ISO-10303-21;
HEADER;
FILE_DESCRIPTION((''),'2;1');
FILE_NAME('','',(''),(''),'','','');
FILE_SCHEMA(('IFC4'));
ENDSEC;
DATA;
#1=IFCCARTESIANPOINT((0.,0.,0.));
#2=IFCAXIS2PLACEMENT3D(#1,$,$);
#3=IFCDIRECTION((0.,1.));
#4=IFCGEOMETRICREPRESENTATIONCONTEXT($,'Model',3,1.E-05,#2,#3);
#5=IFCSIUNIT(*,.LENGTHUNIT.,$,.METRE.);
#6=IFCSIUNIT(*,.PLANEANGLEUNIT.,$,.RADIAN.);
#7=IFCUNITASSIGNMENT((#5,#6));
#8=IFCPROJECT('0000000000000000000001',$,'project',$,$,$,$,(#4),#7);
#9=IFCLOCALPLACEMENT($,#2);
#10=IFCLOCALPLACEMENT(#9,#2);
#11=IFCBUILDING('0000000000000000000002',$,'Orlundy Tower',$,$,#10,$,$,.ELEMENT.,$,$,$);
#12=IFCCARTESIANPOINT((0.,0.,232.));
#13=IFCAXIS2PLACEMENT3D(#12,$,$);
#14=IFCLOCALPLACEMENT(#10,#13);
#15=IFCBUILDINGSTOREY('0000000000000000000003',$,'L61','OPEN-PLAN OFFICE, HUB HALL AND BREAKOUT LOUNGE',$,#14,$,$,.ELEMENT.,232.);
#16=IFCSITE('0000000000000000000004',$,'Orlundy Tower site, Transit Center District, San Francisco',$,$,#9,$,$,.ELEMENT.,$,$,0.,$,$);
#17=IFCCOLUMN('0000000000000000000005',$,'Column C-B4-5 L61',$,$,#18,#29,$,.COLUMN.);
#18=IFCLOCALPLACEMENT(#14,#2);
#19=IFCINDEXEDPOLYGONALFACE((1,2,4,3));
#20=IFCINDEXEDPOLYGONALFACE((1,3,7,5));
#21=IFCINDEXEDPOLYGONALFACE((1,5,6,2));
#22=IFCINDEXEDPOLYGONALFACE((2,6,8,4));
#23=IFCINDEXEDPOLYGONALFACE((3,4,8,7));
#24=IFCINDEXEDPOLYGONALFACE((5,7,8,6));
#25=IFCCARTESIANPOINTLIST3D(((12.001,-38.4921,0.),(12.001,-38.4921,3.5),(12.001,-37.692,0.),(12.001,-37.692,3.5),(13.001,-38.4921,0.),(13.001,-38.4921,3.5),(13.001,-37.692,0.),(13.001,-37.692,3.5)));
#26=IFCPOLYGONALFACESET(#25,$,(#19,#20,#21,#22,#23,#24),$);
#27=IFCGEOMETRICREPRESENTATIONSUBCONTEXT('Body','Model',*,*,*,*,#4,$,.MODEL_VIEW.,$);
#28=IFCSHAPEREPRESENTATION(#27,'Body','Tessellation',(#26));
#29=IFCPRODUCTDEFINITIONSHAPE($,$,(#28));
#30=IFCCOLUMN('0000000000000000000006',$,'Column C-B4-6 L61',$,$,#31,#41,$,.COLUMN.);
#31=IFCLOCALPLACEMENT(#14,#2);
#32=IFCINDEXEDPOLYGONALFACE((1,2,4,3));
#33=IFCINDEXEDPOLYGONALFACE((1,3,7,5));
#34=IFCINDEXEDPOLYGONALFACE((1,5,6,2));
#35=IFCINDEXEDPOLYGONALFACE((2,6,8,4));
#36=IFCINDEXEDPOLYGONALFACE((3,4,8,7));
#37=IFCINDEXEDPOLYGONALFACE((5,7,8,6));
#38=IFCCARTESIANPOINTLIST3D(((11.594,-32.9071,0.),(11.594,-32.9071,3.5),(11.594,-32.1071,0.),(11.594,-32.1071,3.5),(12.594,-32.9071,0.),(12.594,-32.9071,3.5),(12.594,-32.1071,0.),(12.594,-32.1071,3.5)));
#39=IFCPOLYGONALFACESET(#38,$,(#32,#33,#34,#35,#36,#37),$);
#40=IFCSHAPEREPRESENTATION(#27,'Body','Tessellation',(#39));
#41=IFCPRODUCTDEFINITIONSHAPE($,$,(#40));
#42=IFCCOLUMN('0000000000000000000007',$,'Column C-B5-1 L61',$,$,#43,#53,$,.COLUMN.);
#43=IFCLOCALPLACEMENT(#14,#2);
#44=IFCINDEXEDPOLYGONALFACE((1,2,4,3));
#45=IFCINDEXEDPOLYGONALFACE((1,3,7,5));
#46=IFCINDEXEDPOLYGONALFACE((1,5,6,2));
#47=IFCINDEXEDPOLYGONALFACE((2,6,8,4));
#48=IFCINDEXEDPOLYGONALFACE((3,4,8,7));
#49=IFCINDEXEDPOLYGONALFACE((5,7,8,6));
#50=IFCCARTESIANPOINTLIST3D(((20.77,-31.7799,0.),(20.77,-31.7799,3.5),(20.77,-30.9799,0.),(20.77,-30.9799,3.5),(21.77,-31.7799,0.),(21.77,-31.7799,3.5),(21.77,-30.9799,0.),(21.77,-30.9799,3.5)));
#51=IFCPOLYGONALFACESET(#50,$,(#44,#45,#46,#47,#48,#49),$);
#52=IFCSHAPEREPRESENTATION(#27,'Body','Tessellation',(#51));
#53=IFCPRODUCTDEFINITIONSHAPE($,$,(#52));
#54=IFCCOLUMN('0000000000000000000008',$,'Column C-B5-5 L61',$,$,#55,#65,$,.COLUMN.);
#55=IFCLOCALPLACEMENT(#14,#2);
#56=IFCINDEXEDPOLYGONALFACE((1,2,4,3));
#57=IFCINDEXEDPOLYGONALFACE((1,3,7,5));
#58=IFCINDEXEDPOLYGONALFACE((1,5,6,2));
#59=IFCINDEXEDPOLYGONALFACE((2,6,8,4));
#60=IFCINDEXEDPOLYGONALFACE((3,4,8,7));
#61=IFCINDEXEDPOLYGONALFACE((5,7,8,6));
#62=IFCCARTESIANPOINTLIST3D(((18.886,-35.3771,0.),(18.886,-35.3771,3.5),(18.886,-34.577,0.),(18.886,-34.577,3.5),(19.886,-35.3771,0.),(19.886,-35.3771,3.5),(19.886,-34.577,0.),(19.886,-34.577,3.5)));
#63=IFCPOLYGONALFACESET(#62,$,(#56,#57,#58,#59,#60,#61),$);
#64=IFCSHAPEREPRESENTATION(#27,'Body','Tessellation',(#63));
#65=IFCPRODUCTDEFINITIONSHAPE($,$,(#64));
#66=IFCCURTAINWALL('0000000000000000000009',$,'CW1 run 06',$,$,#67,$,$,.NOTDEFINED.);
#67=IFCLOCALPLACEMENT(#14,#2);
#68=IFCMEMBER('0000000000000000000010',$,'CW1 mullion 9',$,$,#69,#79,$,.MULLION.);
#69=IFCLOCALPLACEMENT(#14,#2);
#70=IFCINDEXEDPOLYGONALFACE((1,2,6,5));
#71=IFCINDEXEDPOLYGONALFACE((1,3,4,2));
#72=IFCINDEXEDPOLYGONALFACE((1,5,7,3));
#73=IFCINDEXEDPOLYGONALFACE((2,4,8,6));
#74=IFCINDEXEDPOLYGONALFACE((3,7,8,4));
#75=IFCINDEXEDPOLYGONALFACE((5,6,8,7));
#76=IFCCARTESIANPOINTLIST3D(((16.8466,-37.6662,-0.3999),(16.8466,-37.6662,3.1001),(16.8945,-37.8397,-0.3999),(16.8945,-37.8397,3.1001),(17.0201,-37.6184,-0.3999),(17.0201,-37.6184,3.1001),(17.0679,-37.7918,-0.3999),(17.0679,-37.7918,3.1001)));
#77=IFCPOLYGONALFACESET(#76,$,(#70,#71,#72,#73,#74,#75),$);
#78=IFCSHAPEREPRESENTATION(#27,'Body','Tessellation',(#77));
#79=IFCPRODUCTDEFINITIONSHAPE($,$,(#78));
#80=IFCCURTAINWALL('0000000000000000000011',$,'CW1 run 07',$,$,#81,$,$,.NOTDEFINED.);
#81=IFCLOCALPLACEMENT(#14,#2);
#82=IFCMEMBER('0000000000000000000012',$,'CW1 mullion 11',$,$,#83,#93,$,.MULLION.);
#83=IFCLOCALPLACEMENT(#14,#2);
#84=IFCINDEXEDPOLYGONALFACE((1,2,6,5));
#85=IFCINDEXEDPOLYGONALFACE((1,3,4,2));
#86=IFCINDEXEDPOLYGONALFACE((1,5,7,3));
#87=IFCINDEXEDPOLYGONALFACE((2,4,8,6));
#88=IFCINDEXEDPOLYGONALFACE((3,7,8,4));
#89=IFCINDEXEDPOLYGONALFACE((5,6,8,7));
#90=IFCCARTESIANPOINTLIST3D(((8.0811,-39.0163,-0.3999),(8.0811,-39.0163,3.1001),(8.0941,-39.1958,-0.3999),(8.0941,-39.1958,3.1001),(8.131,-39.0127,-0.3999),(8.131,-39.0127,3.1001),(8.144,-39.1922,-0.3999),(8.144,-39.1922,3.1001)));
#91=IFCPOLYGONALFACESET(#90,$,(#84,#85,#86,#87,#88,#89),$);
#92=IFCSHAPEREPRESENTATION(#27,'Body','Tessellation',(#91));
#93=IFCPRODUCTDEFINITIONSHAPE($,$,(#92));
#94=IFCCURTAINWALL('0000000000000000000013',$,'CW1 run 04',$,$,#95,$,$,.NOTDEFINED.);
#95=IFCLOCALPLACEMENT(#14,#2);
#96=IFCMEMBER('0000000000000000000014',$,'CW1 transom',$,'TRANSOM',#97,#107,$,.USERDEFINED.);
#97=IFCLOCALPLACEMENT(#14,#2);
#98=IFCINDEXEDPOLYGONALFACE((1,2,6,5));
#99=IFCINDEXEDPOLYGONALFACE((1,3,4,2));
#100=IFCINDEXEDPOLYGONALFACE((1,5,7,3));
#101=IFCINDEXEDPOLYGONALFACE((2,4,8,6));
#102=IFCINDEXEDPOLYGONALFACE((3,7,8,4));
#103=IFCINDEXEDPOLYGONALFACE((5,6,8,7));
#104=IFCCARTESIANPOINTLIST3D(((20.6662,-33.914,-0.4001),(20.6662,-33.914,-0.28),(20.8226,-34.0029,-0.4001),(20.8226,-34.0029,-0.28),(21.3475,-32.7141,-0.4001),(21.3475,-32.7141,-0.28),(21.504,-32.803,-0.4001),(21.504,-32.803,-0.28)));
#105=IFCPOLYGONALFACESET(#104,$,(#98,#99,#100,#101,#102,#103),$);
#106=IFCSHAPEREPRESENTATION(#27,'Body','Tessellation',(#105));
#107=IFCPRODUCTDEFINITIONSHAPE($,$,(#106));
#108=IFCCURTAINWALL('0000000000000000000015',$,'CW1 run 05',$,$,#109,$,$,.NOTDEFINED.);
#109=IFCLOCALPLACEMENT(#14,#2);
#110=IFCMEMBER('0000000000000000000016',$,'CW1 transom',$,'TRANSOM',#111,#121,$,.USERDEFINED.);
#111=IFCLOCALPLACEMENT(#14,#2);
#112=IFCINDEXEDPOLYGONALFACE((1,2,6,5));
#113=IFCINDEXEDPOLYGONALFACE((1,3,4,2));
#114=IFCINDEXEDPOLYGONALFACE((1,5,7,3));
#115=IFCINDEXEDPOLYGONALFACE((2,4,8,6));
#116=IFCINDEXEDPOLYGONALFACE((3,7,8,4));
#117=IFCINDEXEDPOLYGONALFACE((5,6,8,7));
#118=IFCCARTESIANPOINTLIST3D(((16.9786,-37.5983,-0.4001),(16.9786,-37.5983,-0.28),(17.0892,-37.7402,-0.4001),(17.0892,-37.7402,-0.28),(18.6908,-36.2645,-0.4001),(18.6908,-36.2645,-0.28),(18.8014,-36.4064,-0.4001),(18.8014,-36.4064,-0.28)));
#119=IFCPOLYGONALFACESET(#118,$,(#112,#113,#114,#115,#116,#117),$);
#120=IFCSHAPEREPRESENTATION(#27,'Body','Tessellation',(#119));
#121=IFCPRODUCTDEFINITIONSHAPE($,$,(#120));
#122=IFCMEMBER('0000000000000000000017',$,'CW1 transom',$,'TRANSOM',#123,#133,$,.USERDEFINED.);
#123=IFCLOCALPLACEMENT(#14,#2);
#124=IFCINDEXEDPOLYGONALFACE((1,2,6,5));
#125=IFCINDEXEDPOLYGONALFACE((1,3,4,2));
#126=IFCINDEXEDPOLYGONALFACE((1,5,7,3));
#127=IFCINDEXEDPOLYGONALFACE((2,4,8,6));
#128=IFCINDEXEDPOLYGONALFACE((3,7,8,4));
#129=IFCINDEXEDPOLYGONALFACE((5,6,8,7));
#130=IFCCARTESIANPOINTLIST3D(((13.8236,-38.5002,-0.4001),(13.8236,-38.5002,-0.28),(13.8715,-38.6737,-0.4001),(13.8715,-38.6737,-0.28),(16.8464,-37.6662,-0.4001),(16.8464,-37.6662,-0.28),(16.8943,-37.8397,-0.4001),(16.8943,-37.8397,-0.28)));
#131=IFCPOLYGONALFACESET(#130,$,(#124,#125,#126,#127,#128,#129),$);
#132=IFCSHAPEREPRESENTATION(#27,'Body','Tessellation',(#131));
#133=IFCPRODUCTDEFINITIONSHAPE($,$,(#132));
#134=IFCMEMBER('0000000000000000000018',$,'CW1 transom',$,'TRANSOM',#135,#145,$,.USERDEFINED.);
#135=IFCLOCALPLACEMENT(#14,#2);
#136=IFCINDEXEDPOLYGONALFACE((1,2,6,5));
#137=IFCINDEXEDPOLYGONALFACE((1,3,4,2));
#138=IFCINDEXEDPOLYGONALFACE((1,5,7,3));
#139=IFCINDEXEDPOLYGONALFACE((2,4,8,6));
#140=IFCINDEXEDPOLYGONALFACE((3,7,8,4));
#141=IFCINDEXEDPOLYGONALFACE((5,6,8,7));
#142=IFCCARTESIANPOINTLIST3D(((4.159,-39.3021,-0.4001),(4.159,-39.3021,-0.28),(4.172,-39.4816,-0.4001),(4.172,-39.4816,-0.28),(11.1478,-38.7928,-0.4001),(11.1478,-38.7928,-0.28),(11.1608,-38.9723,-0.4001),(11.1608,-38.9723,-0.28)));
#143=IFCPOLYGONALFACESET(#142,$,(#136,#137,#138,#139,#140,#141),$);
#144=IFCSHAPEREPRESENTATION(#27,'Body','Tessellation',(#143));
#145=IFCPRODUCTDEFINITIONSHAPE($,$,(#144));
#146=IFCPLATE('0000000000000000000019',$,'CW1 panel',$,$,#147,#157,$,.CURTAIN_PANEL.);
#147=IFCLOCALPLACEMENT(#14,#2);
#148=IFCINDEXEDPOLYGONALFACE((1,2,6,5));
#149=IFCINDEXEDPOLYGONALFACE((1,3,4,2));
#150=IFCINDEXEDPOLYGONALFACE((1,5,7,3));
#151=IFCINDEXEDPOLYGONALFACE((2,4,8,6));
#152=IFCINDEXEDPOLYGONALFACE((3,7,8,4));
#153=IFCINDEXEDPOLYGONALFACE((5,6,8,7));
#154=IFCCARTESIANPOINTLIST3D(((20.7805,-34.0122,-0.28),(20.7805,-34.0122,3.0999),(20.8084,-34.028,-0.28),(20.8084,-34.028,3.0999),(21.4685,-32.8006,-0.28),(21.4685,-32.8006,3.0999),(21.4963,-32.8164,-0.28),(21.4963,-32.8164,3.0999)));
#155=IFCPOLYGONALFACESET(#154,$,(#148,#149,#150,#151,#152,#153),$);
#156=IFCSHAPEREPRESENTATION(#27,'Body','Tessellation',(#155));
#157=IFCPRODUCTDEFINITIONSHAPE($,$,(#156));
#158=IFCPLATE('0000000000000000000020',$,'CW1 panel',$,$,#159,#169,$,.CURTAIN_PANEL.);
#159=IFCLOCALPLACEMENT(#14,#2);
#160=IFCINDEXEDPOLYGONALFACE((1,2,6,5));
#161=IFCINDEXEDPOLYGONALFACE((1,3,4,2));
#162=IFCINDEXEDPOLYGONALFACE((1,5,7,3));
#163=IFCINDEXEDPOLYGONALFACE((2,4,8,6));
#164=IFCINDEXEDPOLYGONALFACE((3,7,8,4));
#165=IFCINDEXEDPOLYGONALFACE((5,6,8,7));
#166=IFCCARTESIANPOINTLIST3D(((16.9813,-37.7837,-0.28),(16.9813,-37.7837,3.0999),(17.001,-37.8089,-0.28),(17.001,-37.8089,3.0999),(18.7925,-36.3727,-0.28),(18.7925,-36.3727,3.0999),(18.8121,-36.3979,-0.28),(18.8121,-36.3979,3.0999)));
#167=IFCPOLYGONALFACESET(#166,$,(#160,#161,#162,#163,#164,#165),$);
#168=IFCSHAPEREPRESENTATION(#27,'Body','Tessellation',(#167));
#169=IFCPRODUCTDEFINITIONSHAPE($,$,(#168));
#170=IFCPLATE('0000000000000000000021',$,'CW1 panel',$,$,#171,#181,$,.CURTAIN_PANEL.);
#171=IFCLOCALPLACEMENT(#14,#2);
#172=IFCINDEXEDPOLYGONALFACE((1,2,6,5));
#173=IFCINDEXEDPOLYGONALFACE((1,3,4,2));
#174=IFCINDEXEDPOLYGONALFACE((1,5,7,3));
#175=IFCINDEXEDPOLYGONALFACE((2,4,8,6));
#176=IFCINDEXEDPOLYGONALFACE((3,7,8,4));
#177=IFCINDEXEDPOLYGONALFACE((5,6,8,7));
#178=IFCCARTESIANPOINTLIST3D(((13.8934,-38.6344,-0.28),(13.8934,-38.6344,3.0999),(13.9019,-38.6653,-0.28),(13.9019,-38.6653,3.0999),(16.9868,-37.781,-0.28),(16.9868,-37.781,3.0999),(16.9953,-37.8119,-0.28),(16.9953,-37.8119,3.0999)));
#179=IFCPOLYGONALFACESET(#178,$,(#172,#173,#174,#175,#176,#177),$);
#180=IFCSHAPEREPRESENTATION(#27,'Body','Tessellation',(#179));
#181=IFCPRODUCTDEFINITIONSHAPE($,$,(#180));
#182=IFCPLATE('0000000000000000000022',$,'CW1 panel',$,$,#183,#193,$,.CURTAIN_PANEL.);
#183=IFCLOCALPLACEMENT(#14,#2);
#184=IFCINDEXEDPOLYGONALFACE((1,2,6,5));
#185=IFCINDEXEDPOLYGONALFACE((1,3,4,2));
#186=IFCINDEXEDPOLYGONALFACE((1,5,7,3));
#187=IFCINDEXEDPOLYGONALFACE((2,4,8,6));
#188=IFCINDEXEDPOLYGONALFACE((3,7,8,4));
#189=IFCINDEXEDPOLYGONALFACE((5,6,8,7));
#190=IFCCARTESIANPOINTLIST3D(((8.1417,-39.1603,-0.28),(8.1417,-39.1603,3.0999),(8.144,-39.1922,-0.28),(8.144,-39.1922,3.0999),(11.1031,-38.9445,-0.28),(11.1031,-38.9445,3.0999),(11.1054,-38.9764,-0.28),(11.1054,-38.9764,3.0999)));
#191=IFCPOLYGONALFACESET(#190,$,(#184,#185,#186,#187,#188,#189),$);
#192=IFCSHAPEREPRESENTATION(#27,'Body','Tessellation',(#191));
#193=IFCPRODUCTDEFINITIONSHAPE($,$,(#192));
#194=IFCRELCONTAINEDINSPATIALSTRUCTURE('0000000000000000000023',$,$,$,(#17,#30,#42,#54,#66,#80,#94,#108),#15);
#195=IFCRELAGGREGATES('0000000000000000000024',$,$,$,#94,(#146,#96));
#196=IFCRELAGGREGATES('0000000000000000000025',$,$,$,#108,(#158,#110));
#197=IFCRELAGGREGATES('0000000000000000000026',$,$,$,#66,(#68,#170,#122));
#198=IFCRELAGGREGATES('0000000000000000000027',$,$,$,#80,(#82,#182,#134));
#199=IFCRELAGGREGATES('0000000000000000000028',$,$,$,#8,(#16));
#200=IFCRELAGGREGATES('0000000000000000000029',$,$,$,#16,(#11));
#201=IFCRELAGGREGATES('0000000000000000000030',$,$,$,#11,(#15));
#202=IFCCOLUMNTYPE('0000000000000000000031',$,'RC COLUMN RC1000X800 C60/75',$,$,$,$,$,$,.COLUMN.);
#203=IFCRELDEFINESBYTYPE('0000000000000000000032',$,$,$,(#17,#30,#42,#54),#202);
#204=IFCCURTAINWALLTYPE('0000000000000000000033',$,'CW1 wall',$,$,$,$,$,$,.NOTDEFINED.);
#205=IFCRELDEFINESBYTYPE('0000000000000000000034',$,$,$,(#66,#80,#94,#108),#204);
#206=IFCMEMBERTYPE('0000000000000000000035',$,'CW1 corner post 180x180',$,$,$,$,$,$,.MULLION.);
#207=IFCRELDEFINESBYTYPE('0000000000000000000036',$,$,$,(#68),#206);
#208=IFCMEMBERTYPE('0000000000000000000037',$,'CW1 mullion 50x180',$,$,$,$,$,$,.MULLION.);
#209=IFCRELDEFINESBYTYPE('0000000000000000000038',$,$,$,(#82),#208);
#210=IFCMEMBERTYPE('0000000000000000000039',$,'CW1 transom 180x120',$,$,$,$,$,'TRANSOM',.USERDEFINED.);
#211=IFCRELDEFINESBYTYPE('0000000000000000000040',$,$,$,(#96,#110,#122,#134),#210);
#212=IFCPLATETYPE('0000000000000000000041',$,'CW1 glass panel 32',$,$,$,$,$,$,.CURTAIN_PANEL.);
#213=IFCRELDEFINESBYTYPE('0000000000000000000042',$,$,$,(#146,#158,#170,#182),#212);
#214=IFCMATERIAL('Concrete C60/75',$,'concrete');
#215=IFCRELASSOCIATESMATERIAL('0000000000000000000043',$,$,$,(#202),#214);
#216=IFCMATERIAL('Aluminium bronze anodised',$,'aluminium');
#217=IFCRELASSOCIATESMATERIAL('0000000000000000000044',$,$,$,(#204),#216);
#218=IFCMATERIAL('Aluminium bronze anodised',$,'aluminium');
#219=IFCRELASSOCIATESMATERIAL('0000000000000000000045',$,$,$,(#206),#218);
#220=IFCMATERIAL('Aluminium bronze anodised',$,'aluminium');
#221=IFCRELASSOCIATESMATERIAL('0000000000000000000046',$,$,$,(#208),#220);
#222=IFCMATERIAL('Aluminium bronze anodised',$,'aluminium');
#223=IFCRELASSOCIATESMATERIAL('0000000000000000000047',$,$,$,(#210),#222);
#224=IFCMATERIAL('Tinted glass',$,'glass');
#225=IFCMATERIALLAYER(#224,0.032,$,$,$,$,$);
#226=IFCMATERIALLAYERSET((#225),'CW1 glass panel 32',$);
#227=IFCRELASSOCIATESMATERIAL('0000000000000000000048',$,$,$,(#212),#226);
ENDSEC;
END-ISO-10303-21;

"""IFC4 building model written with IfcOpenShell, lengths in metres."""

from ifc_helpers import new_model, si_unit, direction, frame, origin, origin_2d, place, context, subcontext, project, spatial, rectangle, extrude, material, layer, layer_set, material_profile, profile_set, type_object, element, aggregate, save


model = new_model("IFC4")

# Units and contexts
model_context = context("Model", 3, precision=1e-05, world=origin(), true_north=direction((0.0, 1.0)))
body_context = subcontext(model_context, "Body", "Model", "MODEL_VIEW")
ifc_project = project(units=[si_unit("LENGTHUNIT", "METRE"), si_unit("PLANEANGLEUNIT", "RADIAN")], contexts=[model_context])

# Site, building, storey
site_placement = place(None, origin())
site = spatial("IfcSite", under=ifc_project, at=site_placement, Name="Orlundy Tower site, Transit Center District, San Francisco", CompositionType="ELEMENT", RefElevation=0.0)
building_placement = place(site_placement, origin())
building = spatial("IfcBuilding", under=site, at=building_placement, Name="Orlundy Tower", CompositionType="ELEMENT")
storey_placement = place(building_placement, frame((0.0, 0.0, 232.0)))
storey = spatial("IfcBuildingStorey", under=building, at=storey_placement, Name="L61", Description="OPEN-PLAN OFFICE, HUB HALL AND BREAKOUT LOUNGE", CompositionType="ELEMENT", Elevation=232.0)

# Columns
ifc_material_1 = material(Name="Concrete C60/75", Category="concrete")
ifc_material_profile_1 = material_profile(ifc_material_1, rectangle(XDim=1.0, YDim=0.8, at=origin_2d()), Name="RC1000X800")
ifc_profile_set_1 = profile_set([ifc_material_profile_1], Name="Concrete C60/75")
column_type = type_object("IfcColumnType", Name="RC COLUMN RC1000X800 C60/75", PredefinedType="COLUMN", material=ifc_profile_set_1)
for number, where, z_axis, x_axis, name in (
    (1, (12.501, -38.092, 0.0), (0.0, 0.0, 1.0), (1.0, 0.0, 0.0), "Column C-B4-5 L61"),
    (2, (12.094, -32.5071, 0.0), (0.0, 0.0, 1.0), (1.0, 0.0, 0.0), "Column C-B4-6 L61"),
    (3, (21.27, -31.3799, 0.0), (0.0, 0.0, 1.0), (1.0, 0.0, 0.0), "Column C-B5-1 L61"),
    (4, (19.386, -34.9771, 0.0), (0.0, 0.0, 1.0), (1.0, 0.0, 0.0), "Column C-B5-5 L61"),
):
    element("IfcColumn", number, at=place(storey_placement, frame(where, z_axis=z_axis, x_axis=x_axis)), inside=storey, type_object=column_type, Name=name, PredefinedType="COLUMN", context=body_context, shape_type="SweptSolid", body=[
        extrude(rectangle(XDim=1.0, YDim=0.8, at=origin_2d()), origin(), (0.0, 0.0, 1.0), 3.5),
    ])

# Curtain walls, members
ifc_material_2 = material(Name="Aluminium bronze anodised", Category="aluminium")
curtain_wall_type = type_object("IfcCurtainWallType", Name="CW1 wall", PredefinedType="NOTDEFINED", material=ifc_material_2)
curtain_wall_1_placement = place(storey_placement, origin())
curtain_wall_1 = element("IfcCurtainWall", 5, at=curtain_wall_1_placement, inside=storey, type_object=curtain_wall_type, Name="CW1 run 06", PredefinedType="NOTDEFINED")
ifc_material_3 = material(Name="Aluminium bronze anodised", Category="aluminium")
ifc_material_profile_2 = material_profile(ifc_material_3, rectangle(XDim=0.1799, YDim=0.1799, at=origin_2d()), Name="CW1 corner post 180x180")
ifc_profile_set_2 = profile_set([ifc_material_profile_2], Name="Aluminium bronze anodised")
member_type_1 = type_object("IfcMemberType", Name="CW1 corner post 180x180", PredefinedType="MULLION", material=ifc_profile_set_2)
member_1_placement = place(storey_placement, frame((16.9573, -37.729, -0.3999), z_axis=(0.0, 0.0, 1.0), x_axis=(0.265946, -0.963988, 0.0)))
member_1 = element("IfcMember", 6, at=member_1_placement, type_object=member_type_1, Name="CW1 mullion 9", PredefinedType="MULLION", context=body_context, shape_type="SweptSolid", body=[
    extrude(rectangle(XDim=0.1799, YDim=0.1799, at=origin_2d()), origin(), (0.0, 0.0, 1.0), 3.5),
])
curtain_wall_2_placement = place(storey_placement, origin())
curtain_wall_2 = element("IfcCurtainWall", 7, at=curtain_wall_2_placement, inside=storey, type_object=curtain_wall_type, Name="CW1 run 07", PredefinedType="NOTDEFINED")
ifc_material_4 = material(Name="Aluminium bronze anodised", Category="aluminium")
ifc_material_profile_3 = material_profile(ifc_material_4, rectangle(XDim=0.1799, YDim=0.05, at=origin_2d()), Name="CW1 mullion 50x180")
ifc_profile_set_3 = profile_set([ifc_material_profile_3], Name="Aluminium bronze anodised")
member_type_2 = type_object("IfcMemberType", Name="CW1 mullion 50x180", PredefinedType="MULLION", material=ifc_profile_set_3)
member_2_placement = place(storey_placement, frame((8.1125, -39.1042, -0.3999), z_axis=(0.0, 0.0, 1.0), x_axis=(0.072668, -0.997356, 0.0)))
member_2 = element("IfcMember", 8, at=member_2_placement, type_object=member_type_2, Name="CW1 mullion 11", PredefinedType="MULLION", context=body_context, shape_type="SweptSolid", body=[
    extrude(rectangle(XDim=0.1799, YDim=0.05, at=origin_2d()), origin(), (0.0, 0.0, 1.0), 3.5),
])
curtain_wall_3_placement = place(storey_placement, origin())
curtain_wall_3 = element("IfcCurtainWall", 9, at=curtain_wall_3_placement, inside=storey, type_object=curtain_wall_type, Name="CW1 run 04", PredefinedType="NOTDEFINED")
ifc_material_5 = material(Name="Aluminium bronze anodised", Category="aluminium")
ifc_material_profile_4 = material_profile(ifc_material_5, rectangle(XDim=0.1799, YDim=0.1201, at=origin_2d()), Name="CW1 transom 180x120")
ifc_profile_set_4 = profile_set([ifc_material_profile_4], Name="Aluminium bronze anodised")
member_type_3 = type_object("IfcMemberType", Name="CW1 transom 180x120", ElementType="TRANSOM", PredefinedType="USERDEFINED", material=ifc_profile_set_4)
member_3_placement = place(storey_placement, frame((21.4258, -32.7585, -0.3401), z_axis=(-0.493794, -0.869579, 0.0), x_axis=(0.869579, -0.493794, 0.0)))
member_3 = element("IfcMember", 10, at=member_3_placement, type_object=member_type_3, Name="CW1 transom", ObjectType="TRANSOM", PredefinedType="USERDEFINED", context=body_context, shape_type="SweptSolid", body=[
    extrude(rectangle(XDim=0.1799, YDim=0.1201, at=origin_2d()), origin(), (0.0, 0.0, 1.0), 1.3799),
])
curtain_wall_4_placement = place(storey_placement, origin())
curtain_wall_4 = element("IfcCurtainWall", 11, at=curtain_wall_4_placement, inside=storey, type_object=curtain_wall_type, Name="CW1 run 05", PredefinedType="NOTDEFINED")
member_4_placement = place(storey_placement, frame((18.7461, -36.3354, -0.3401), z_axis=(-0.788892, -0.614532, 0.0), x_axis=(0.614532, -0.788892, 0.0)))
member_4 = element("IfcMember", 12, at=member_4_placement, type_object=member_type_3, Name="CW1 transom", ObjectType="TRANSOM", PredefinedType="USERDEFINED", context=body_context, shape_type="SweptSolid", body=[
    extrude(rectangle(XDim=0.1799, YDim=0.1201, at=origin_2d()), origin(), (0.0, 0.0, 1.0), 2.1704),
])

# Members
member_5_placement = place(storey_placement, frame((16.8704, -37.7529, -0.3401), z_axis=(-0.963982, -0.265969, 0.0), x_axis=(0.265969, -0.963982, 0.0)))
member_5 = element("IfcMember", 13, at=member_5_placement, type_object=member_type_3, Name="CW1 transom", ObjectType="TRANSOM", PredefinedType="USERDEFINED", context=body_context, shape_type="SweptSolid", body=[
    extrude(rectangle(XDim=0.1799, YDim=0.1201, at=origin_2d()), origin(), (0.0, 0.0, 1.0), 3.1357),
])
member_6_placement = place(storey_placement, frame((11.1543, -38.8826, -0.3401), z_axis=(-0.997355, -0.072678, 0.0), x_axis=(0.072678, -0.997355, 0.0)))
member_6 = element("IfcMember", 14, at=member_6_placement, type_object=member_type_3, Name="CW1 transom", ObjectType="TRANSOM", PredefinedType="USERDEFINED", context=body_context, shape_type="SweptSolid", body=[
    extrude(rectangle(XDim=0.1799, YDim=0.1201, at=origin_2d()), origin(), (0.0, 0.0, 1.0), 7.0073),
])

# Plates
ifc_material_6 = material(Name="Tinted glass", Category="glass")
ifc_layer = layer(ifc_material_6, 0.032)
ifc_layer_set = layer_set([ifc_layer], Name="CW1 glass panel 32")
plate_type = type_object("IfcPlateType", Name="CW1 glass panel 32", PredefinedType="CURTAIN_PANEL", material=ifc_layer_set)
plate_1_placement = place(storey_placement, frame((21.1384, -33.4143, -0.28), z_axis=(0.0, 0.0, 1.0), x_axis=(-0.493754, -0.869601, 0.0)))
plate_1 = element("IfcPlate", 15, at=plate_1_placement, type_object=plate_type, Name="CW1 panel", PredefinedType="CURTAIN_PANEL", context=body_context, shape_type="SweptSolid", body=[
    extrude(rectangle(XDim=1.3933, YDim=0.032, at=origin_2d()), origin(), (0.0, 0.0, 1.0), 3.3799),
])
aggregate(curtain_wall_3, [plate_1, member_3])
plate_2_placement = place(storey_placement, frame((17.8967, -37.0908, -0.28), z_axis=(0.0, 0.0, 1.0), x_axis=(-0.788858, -0.614575, 0.0)))
plate_2 = element("IfcPlate", 16, at=plate_2_placement, type_object=plate_type, Name="CW1 panel", PredefinedType="CURTAIN_PANEL", context=body_context, shape_type="SweptSolid", body=[
    extrude(rectangle(XDim=2.2959, YDim=0.032, at=origin_2d()), origin(), (0.0, 0.0, 1.0), 3.3799),
])
aggregate(curtain_wall_4, [plate_2, member_4])
plate_3_placement = place(storey_placement, frame((15.4443, -38.2231, -0.28), z_axis=(0.0, 0.0, 1.0), x_axis=(-0.963988, -0.265946, 0.0)))
plate_3 = element("IfcPlate", 17, at=plate_3_placement, type_object=plate_type, Name="CW1 panel", PredefinedType="CURTAIN_PANEL", context=body_context, shape_type="SweptSolid", body=[
    extrude(rectangle(XDim=3.209, YDim=0.032, at=origin_2d()), origin(), (0.0, 0.0, 1.0), 3.3799),
])
aggregate(curtain_wall_1, [member_1, plate_3, member_5])
plate_4_placement = place(storey_placement, frame((9.6235, -39.0684, -0.28), z_axis=(0.0, 0.0, 1.0), x_axis=(-0.997356, -0.072668, 0.0)))
plate_4 = element("IfcPlate", 18, at=plate_4_placement, type_object=plate_type, Name="CW1 panel", PredefinedType="CURTAIN_PANEL", context=body_context, shape_type="SweptSolid", body=[
    extrude(rectangle(XDim=2.9692, YDim=0.032, at=origin_2d()), origin(), (0.0, 0.0, 1.0), 3.3799),
])
aggregate(curtain_wall_2, [member_2, plate_4, member_6])

save(model, "model.ifc")
